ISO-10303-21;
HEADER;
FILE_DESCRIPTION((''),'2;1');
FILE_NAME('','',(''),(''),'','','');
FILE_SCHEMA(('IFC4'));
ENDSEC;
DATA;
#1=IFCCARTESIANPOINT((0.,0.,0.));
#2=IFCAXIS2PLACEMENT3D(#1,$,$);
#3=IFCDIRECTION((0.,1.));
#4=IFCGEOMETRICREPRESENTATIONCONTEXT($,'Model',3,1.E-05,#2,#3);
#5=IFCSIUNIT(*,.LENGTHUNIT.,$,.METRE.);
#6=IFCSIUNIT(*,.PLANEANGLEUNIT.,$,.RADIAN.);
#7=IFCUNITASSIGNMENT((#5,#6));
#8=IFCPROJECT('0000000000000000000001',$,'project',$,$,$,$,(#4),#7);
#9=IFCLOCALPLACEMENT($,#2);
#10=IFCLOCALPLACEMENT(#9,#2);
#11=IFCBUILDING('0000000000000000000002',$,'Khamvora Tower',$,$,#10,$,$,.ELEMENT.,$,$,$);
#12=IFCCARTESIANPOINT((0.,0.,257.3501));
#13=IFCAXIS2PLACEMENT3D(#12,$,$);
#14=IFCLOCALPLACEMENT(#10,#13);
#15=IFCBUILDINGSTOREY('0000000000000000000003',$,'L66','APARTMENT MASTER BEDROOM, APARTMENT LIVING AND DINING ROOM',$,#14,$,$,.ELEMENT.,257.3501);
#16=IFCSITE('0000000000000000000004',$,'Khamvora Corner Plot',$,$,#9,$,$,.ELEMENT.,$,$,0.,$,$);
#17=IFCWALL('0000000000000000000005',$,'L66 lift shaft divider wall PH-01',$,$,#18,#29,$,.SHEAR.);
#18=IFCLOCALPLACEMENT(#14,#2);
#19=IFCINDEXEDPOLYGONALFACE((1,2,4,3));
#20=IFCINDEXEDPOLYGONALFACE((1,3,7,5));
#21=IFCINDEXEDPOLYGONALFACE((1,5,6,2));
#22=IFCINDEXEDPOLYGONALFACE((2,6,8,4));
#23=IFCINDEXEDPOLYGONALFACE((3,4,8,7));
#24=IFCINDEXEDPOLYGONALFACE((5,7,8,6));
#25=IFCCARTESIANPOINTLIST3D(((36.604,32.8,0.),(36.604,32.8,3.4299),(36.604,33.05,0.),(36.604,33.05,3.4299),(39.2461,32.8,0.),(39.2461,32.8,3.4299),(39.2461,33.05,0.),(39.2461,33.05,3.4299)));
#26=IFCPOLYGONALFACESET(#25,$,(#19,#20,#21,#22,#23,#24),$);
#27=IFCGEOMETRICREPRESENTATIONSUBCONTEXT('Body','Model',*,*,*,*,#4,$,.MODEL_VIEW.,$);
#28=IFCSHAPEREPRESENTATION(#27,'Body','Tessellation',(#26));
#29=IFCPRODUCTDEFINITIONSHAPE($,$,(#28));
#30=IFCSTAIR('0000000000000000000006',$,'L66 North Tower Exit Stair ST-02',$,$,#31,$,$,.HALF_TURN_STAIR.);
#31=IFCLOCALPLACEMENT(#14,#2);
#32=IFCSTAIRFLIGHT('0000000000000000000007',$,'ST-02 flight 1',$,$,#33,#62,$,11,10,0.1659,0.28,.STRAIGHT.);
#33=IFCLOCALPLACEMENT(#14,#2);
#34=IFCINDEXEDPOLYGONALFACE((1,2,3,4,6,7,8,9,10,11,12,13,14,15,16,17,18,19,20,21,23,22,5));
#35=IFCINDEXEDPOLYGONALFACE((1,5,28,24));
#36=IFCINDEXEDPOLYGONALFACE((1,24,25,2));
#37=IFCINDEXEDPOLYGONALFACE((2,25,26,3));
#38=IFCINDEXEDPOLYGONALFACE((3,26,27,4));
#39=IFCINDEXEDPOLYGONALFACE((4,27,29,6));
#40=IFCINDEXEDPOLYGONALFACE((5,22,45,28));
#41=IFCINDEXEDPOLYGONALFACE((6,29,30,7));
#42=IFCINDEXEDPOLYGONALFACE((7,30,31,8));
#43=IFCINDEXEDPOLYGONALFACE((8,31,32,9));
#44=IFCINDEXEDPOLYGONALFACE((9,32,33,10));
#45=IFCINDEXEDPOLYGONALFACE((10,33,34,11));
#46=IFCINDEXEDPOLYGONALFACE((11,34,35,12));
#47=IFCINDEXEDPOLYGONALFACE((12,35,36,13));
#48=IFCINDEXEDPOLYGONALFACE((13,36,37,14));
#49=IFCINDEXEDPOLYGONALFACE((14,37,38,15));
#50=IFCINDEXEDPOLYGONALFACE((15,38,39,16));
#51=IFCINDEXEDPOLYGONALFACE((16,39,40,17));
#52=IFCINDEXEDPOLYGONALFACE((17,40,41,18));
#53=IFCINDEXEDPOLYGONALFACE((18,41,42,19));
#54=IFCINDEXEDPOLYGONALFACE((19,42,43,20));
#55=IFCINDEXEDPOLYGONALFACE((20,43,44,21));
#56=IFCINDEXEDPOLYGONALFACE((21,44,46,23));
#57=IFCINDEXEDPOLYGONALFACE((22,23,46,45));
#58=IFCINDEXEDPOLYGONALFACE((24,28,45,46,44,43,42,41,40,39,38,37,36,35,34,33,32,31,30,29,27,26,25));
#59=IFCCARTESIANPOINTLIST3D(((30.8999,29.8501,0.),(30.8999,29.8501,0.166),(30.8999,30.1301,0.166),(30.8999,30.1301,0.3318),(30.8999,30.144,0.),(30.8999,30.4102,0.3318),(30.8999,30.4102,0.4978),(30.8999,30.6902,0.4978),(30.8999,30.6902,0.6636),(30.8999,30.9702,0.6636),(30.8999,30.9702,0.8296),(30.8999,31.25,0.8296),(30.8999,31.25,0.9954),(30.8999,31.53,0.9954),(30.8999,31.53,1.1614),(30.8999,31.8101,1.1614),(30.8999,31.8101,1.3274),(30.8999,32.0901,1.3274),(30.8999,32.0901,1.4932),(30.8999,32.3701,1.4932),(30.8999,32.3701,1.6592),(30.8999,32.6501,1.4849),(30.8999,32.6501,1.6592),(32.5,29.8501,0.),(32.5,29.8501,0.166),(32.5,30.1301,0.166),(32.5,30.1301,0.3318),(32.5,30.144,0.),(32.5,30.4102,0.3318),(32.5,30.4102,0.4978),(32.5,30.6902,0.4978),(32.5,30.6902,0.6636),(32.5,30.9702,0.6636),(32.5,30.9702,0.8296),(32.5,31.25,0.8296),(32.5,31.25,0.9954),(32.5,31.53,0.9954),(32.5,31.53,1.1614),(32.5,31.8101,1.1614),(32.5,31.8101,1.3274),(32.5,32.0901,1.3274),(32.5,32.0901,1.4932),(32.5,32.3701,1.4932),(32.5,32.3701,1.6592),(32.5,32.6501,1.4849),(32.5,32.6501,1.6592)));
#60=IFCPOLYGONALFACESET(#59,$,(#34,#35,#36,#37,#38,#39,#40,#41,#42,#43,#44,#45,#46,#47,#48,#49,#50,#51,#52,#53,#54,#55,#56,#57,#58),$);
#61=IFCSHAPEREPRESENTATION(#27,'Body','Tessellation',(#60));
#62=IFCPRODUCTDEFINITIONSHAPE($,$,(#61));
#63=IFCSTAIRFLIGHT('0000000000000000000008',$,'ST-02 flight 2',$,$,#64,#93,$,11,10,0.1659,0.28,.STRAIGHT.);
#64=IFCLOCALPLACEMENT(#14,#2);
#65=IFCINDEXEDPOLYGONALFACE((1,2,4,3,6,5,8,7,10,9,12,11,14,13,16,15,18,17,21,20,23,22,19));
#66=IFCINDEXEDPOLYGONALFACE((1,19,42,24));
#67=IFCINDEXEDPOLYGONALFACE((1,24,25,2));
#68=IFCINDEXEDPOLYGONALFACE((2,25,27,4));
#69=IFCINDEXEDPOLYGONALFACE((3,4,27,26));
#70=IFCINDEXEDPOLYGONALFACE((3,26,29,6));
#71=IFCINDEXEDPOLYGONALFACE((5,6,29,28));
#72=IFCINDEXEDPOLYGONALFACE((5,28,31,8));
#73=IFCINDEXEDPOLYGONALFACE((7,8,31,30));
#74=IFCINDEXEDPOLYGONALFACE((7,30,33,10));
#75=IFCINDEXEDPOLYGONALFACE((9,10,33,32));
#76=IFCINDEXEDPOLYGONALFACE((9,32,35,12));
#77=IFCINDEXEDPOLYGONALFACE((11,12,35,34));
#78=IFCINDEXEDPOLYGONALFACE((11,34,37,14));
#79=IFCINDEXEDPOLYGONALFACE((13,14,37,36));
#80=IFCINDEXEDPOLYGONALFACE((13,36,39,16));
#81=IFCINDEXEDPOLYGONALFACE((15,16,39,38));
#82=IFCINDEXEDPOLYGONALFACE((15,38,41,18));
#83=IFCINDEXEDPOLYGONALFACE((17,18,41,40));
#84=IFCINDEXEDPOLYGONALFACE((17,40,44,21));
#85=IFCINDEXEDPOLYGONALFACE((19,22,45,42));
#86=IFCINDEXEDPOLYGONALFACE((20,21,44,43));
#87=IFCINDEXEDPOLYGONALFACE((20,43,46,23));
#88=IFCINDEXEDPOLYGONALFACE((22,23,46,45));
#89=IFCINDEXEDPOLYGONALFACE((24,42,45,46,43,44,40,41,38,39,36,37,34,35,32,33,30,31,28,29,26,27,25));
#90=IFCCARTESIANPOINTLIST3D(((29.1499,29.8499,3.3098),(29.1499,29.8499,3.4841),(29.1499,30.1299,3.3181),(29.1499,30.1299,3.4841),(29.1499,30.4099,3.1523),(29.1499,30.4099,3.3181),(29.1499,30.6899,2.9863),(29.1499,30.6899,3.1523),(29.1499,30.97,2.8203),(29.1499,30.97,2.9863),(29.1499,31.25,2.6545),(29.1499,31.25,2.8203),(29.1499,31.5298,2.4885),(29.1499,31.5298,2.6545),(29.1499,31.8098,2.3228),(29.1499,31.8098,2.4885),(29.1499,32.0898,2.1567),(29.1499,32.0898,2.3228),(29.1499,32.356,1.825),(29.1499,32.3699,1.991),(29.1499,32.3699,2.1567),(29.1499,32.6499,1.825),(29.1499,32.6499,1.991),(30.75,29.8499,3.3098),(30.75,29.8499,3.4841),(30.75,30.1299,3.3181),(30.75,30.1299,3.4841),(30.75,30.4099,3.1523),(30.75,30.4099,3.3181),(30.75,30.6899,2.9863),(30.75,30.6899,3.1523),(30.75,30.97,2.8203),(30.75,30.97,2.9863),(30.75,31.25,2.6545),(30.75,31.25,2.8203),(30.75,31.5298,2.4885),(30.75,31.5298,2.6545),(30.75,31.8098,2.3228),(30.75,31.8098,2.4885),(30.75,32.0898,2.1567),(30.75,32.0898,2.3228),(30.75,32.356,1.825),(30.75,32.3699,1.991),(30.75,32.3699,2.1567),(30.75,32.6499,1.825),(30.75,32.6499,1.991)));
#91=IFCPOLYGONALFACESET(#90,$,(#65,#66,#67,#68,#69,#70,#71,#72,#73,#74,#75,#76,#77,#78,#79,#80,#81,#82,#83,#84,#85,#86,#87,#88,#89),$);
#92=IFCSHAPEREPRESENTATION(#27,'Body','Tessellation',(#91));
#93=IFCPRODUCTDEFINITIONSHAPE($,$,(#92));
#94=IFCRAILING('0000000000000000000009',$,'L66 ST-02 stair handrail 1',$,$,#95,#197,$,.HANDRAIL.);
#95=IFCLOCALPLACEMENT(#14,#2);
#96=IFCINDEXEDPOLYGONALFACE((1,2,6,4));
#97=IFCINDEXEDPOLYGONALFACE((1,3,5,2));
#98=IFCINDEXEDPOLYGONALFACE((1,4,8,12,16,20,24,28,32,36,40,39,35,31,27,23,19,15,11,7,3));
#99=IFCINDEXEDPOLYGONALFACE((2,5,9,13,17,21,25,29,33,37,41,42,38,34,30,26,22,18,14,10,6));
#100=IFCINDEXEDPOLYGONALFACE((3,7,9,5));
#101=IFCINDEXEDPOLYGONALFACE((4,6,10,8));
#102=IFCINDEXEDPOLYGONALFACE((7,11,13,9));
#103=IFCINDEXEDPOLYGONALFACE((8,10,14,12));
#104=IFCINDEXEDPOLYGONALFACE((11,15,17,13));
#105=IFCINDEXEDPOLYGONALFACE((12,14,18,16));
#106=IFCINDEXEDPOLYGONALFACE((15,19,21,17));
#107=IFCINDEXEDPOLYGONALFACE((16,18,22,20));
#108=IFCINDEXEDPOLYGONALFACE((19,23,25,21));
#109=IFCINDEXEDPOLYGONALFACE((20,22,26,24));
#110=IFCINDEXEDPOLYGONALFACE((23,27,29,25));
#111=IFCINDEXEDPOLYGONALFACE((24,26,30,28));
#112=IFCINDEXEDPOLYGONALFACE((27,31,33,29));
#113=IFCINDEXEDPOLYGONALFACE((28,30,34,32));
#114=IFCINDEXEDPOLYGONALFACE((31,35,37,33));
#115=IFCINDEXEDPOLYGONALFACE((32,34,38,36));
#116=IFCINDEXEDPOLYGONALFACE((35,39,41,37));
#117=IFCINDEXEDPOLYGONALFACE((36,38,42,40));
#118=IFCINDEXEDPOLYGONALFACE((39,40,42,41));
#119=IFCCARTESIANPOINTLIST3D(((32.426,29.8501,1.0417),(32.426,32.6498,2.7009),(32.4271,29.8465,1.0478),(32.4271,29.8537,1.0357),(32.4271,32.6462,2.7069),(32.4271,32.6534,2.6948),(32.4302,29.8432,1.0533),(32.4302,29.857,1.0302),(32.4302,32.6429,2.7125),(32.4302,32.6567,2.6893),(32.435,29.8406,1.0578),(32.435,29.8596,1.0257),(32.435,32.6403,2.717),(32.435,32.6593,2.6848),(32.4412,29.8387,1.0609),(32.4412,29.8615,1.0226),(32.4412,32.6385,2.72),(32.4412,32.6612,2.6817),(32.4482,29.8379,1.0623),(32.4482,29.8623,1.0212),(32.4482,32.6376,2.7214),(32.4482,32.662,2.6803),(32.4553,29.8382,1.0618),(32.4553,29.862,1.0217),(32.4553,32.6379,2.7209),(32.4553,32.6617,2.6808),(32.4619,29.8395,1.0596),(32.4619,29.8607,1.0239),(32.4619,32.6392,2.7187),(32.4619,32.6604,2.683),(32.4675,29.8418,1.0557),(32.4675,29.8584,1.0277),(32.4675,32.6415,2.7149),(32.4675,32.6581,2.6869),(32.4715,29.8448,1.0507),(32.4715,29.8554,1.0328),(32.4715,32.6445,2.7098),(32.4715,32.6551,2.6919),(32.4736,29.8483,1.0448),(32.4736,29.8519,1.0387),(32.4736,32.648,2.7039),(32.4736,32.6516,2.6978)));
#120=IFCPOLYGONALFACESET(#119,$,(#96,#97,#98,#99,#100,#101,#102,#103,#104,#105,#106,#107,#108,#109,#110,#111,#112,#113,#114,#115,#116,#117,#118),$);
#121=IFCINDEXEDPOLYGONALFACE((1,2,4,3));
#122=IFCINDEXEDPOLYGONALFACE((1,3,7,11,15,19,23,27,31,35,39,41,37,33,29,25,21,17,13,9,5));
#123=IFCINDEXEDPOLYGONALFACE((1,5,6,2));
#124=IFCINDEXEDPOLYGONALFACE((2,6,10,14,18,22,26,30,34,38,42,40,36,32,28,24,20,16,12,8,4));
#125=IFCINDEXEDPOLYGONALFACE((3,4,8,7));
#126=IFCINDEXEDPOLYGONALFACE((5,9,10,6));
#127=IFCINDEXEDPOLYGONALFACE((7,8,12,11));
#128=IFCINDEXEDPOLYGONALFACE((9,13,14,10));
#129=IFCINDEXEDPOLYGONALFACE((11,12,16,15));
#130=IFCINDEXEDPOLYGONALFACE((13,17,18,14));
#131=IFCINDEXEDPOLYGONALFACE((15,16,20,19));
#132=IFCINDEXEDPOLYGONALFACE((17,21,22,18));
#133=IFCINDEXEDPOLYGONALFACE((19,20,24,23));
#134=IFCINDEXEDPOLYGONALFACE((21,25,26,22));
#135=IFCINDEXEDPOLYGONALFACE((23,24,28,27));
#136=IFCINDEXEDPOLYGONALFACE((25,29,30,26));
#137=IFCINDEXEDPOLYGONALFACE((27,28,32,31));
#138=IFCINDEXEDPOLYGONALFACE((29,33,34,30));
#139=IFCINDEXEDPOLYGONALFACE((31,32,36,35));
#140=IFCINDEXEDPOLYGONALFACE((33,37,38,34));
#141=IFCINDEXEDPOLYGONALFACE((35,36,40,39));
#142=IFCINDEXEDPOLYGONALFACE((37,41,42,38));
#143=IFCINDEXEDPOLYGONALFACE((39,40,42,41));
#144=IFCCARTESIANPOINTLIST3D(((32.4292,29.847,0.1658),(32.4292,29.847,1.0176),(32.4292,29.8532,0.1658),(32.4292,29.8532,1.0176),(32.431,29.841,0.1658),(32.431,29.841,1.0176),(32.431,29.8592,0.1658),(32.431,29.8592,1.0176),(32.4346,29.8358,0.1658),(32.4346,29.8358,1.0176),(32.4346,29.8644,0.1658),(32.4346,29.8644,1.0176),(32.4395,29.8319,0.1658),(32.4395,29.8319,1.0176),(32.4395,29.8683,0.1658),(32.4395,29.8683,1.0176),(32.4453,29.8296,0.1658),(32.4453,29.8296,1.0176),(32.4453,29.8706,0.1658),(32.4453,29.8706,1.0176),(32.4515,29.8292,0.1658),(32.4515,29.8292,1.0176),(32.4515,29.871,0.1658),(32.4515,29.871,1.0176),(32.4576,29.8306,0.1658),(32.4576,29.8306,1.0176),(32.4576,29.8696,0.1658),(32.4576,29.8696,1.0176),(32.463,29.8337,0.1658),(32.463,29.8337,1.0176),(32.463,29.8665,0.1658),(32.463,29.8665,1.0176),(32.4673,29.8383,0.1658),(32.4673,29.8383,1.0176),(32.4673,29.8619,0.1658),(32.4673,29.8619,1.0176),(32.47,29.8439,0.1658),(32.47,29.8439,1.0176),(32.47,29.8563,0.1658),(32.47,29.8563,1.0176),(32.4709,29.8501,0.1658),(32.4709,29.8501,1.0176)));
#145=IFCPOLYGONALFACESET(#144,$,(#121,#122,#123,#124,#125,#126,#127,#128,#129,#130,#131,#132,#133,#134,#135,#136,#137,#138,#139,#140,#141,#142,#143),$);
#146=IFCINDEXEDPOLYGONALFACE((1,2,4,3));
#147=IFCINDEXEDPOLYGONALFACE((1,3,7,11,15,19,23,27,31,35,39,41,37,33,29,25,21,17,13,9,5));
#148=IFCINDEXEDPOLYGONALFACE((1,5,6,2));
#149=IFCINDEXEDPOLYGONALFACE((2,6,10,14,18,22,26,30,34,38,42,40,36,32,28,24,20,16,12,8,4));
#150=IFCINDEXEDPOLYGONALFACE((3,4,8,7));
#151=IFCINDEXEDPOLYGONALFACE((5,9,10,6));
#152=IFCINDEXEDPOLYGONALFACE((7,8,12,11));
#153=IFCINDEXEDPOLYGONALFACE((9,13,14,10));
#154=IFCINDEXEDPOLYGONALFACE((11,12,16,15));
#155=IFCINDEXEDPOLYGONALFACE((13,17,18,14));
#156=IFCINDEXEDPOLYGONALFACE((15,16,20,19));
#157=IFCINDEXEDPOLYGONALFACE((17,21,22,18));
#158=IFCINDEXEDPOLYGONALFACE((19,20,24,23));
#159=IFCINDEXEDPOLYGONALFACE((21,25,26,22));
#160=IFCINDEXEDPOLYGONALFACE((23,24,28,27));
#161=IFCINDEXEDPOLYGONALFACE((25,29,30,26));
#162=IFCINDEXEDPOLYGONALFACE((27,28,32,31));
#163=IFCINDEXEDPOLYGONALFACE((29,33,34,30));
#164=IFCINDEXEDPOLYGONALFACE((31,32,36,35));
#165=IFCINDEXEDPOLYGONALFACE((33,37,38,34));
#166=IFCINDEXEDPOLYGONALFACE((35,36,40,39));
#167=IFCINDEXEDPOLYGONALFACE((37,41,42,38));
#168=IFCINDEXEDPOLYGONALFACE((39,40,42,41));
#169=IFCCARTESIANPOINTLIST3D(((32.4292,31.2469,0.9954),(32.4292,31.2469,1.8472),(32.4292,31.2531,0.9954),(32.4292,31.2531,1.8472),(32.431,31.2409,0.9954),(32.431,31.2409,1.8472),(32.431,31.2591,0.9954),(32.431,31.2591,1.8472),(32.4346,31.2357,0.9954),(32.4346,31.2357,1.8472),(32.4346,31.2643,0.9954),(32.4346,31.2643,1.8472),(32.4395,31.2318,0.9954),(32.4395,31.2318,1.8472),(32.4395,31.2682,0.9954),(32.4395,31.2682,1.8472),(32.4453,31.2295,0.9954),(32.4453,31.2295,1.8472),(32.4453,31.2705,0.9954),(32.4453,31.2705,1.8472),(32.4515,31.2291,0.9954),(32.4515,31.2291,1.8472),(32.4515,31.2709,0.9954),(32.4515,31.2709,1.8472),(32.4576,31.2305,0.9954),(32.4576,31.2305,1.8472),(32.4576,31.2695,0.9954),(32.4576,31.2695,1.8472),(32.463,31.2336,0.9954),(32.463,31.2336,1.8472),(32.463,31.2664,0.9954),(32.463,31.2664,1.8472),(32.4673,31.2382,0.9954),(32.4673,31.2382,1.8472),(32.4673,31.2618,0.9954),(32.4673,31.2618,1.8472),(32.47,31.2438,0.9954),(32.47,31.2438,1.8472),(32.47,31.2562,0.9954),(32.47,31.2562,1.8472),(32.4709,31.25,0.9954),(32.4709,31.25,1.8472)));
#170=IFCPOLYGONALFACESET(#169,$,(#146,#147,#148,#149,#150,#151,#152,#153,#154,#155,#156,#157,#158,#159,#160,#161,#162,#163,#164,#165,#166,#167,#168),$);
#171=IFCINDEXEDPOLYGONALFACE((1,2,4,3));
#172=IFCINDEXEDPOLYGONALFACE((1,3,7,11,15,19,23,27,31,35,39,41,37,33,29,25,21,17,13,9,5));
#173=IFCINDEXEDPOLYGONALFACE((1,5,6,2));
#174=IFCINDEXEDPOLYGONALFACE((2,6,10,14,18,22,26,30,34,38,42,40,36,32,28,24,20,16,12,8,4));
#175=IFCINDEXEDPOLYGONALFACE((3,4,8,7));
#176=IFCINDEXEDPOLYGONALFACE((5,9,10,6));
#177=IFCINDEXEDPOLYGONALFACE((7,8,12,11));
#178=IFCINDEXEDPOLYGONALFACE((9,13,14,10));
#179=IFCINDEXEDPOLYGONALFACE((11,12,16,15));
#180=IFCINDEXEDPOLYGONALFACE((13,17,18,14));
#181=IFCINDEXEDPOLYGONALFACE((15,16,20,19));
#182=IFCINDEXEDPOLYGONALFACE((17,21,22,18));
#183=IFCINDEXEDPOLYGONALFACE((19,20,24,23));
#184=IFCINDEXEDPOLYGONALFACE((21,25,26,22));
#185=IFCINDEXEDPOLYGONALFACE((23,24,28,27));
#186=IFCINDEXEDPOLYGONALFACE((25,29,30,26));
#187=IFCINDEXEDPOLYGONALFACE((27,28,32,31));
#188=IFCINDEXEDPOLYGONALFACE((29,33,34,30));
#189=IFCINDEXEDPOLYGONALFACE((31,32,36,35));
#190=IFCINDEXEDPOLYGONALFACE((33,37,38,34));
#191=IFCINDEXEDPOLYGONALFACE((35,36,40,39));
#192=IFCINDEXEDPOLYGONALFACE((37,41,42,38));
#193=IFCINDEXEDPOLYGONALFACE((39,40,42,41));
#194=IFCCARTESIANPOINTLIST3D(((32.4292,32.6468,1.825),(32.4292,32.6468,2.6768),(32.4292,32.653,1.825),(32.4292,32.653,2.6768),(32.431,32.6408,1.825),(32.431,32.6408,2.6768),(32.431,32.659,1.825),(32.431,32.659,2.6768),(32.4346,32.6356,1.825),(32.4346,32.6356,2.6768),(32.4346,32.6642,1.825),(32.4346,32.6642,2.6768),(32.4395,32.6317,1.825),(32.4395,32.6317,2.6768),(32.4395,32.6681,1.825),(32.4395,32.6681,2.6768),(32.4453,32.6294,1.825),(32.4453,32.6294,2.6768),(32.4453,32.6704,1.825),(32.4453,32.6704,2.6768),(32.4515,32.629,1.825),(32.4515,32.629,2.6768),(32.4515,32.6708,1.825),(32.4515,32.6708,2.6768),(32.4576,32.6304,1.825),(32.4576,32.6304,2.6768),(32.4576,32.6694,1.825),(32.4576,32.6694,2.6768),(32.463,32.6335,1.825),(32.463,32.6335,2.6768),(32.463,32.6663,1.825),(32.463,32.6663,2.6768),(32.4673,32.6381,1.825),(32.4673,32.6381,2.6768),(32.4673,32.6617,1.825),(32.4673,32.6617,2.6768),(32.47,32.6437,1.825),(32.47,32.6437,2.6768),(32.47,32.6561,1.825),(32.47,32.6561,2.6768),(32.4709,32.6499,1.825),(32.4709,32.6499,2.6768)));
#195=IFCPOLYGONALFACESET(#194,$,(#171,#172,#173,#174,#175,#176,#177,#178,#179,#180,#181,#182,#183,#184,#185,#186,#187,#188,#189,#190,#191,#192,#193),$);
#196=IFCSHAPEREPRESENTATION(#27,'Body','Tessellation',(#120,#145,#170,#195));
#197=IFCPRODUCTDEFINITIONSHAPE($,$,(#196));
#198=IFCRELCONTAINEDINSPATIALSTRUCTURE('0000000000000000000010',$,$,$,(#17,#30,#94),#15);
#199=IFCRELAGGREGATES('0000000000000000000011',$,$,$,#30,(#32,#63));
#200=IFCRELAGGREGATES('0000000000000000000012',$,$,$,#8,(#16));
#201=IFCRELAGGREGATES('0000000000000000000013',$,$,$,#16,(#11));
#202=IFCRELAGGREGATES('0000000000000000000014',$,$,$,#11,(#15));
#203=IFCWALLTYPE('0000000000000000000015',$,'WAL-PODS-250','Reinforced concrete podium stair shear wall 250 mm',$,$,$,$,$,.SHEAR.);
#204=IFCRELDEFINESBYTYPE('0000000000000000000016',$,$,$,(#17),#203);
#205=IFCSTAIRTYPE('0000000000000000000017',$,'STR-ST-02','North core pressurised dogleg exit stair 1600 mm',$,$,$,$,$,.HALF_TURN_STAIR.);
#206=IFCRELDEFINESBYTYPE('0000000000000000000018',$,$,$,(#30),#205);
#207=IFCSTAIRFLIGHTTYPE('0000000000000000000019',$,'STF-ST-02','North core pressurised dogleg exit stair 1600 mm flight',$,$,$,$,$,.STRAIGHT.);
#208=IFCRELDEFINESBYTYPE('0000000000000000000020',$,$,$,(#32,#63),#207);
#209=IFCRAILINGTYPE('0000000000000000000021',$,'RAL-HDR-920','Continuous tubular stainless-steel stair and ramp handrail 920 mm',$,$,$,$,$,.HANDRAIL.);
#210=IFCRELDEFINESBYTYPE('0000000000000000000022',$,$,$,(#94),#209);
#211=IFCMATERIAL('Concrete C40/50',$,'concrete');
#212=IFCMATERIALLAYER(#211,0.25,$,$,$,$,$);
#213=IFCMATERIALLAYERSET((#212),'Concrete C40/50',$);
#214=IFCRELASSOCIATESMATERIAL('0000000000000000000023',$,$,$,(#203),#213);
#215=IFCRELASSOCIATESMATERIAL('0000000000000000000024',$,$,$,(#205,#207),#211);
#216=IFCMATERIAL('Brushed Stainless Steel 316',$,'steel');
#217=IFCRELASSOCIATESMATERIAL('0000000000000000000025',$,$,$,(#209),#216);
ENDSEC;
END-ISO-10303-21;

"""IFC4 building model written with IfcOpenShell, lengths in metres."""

from ifc_helpers import new_model, si_unit, direction, frame, frame_2d, origin, origin_2d, place, context, subcontext, project, spatial, polyline, rectangle, circle, outline, extrude, material, layer, layer_set, type_object, element, aggregate, save


model = new_model("IFC4")

# Units and contexts
model_context = context("Model", 3, precision=1e-05, world=origin(), true_north=direction((0.0, 1.0)))
body_context = subcontext(model_context, "Body", "Model", "MODEL_VIEW")
ifc_project = project(units=[si_unit("LENGTHUNIT", "METRE"), si_unit("PLANEANGLEUNIT", "RADIAN")], contexts=[model_context])

# Site, building, storey
site_placement = place(None, origin())
site = spatial("IfcSite", under=ifc_project, at=site_placement, Name="Khamvora Corner Plot", CompositionType="ELEMENT", RefElevation=0.0)
building_placement = place(site_placement, origin())
building = spatial("IfcBuilding", under=site, at=building_placement, Name="Khamvora Tower", CompositionType="ELEMENT")
storey_placement = place(building_placement, frame((0.0, 0.0, 257.3501)))
storey = spatial("IfcBuildingStorey", under=building, at=storey_placement, Name="L66", Description="APARTMENT MASTER BEDROOM, APARTMENT LIVING AND DINING ROOM", CompositionType="ELEMENT", Elevation=257.3501)

# Wall
ifc_material_1 = material(Name="Concrete C40/50", Category="concrete")
ifc_layer_1 = layer(ifc_material_1, 0.25)
ifc_layer_set_1 = layer_set([ifc_layer_1], Name="Concrete C40/50")
wall_type_1 = type_object("IfcWallType", Name="WAL-PODS-250", Description="Reinforced concrete podium stair shear wall 250 mm", PredefinedType="SHEAR", material=ifc_layer_set_1)
wall_1_placement = place(storey_placement, frame((36.604, 32.925, 0.0), z_axis=(0.0, 0.0, 1.0), x_axis=(1.0, 0.0, 0.0)))
element("IfcWall", 1, at=wall_1_placement, inside=storey, type_object=wall_type_1, Name="L66 lift shaft divider wall PH-01", PredefinedType="SHEAR", context=body_context, shape_type="SweptSolid", body=[
    extrude(rectangle(XDim=2.6421, YDim=0.25, at=frame_2d((1.321, 0.0))), origin(), (0.0, 0.0, 1.0), 3.4299),
])

# Stair, stair flights
stair_type = type_object("IfcStairType", Name="STR-ST-02", Description="North core pressurised dogleg exit stair 1600 mm", PredefinedType="HALF_TURN_STAIR", material=ifc_material_1)
stair_placement = place(storey_placement, origin())
stair = element("IfcStair", 2, at=stair_placement, inside=storey, type_object=stair_type, Name="L66 North Tower Exit Stair ST-02", PredefinedType="HALF_TURN_STAIR")
stair_flight_type = type_object("IfcStairFlightType", Name="STF-ST-02", Description="North core pressurised dogleg exit stair 1600 mm flight", PredefinedType="STRAIGHT", material=ifc_material_1)
stair_flight_1_placement = place(storey_placement, frame((31.7, 29.8501, 0.0), z_axis=(0.0, 0.0, 1.0), x_axis=(0.0, 1.0, 0.0)))
stair_flight_1 = element("IfcStairFlight", 3, at=stair_flight_1_placement, type_object=stair_flight_type, Name="ST-02 flight 1", NumberOfRisers=11, NumberOfTreads=10, PredefinedType="STRAIGHT", RiserHeight=0.1659, TreadLength=0.28, context=body_context, shape_type="SweptSolid", body=[
    extrude(outline(polyline([(0.0, 0.0), (0.0, 0.166), (0.28, 0.166), (0.28, 0.3318), (0.5601, 0.3318), (0.5601, 0.4978), (0.8401, 0.4978), (0.8401, 0.6636), (1.1201, 0.6636), (1.1201, 0.8296), (1.3999, 0.8296), (1.3999, 0.9954), (1.6799, 0.9954), (1.6799, 1.1614), (1.96, 1.1614), (1.96, 1.3274), (2.24, 1.3274), (2.24, 1.4932), (2.52, 1.4932), (2.52, 1.6592), (2.8, 1.6592), (2.8, 1.825), (2.8, 1.4849), (0.2939, 0.0), (0.0, 0.0)])), frame((0.0, 0.8, 0.0), z_axis=(0.0, -1.0, 0.0), x_axis=(1.0, 0.0, 0.0)), (0.0, 0.0, 1.0), 1.6001),
])
stair_flight_2_placement = place(storey_placement, frame((29.95, 32.6499, 1.825), z_axis=(0.0, 0.0, 1.0), x_axis=(0.0, -1.0, 0.0)))
stair_flight_2 = element("IfcStairFlight", 4, at=stair_flight_2_placement, type_object=stair_flight_type, Name="ST-02 flight 2", NumberOfRisers=11, NumberOfTreads=10, PredefinedType="STRAIGHT", RiserHeight=0.1659, TreadLength=0.28, context=body_context, shape_type="SweptSolid", body=[
    extrude(outline(polyline([(0.0, 0.0), (0.0, 0.166), (0.28, 0.166), (0.28, 0.3318), (0.5601, 0.3318), (0.5601, 0.4978), (0.8401, 0.4978), (0.8401, 0.6636), (1.1201, 0.6636), (1.1201, 0.8296), (1.3999, 0.8296), (1.3999, 0.9954), (1.6799, 0.9954), (1.6799, 1.1614), (1.96, 1.1614), (1.96, 1.3274), (2.24, 1.3274), (2.24, 1.4932), (2.52, 1.4932), (2.52, 1.6592), (2.8, 1.6592), (2.8, 1.825), (2.8, 1.4849), (0.2939, 0.0), (0.0, 0.0)])), frame((0.0, 0.8, 0.0), z_axis=(0.0, -1.0, 0.0), x_axis=(1.0, 0.0, 0.0)), (0.0, 0.0, 1.0), 1.6001),
])
aggregate(stair, [stair_flight_1, stair_flight_2])

# Railing
ifc_material_2 = material(Name="Brushed Stainless Steel 316", Category="steel")
railing_type_1 = type_object("IfcRailingType", Name="RAL-HDR-920", Description="Continuous tubular stainless-steel stair and ramp handrail 920 mm", PredefinedType="HANDRAIL", material=ifc_material_2)
railing_1_placement = place(storey_placement, frame((32.45, 29.8501, 0.1658)))
element("IfcRailing", 5, at=railing_1_placement, inside=storey, type_object=railing_type_1, Name="L66 ST-02 stair handrail 1", PredefinedType="HANDRAIL", context=body_context, shape_type="SweptSolid", body=[
    extrude(circle(Radius=0.0239, at=origin_2d()), frame((0.0, 0.0, 0.876), z_axis=(0.0, 0.860287, 0.509811), x_axis=(-1.0, 0.0, 0.0)), (0.0, 0.0, 1.0), 3.2544),
    extrude(circle(Radius=0.021, at=origin_2d()), origin(), (0.0, 0.0, 1.0), 0.8518),
    extrude(circle(Radius=0.021, at=origin_2d()), frame((0.0, 1.3999, 0.8296)), (0.0, 0.0, 1.0), 0.8518),
    extrude(circle(Radius=0.021, at=origin_2d()), frame((0.0, 2.7998, 1.6592)), (0.0, 0.0, 1.0), 0.8518),
])

save(model, "model.ifc")
